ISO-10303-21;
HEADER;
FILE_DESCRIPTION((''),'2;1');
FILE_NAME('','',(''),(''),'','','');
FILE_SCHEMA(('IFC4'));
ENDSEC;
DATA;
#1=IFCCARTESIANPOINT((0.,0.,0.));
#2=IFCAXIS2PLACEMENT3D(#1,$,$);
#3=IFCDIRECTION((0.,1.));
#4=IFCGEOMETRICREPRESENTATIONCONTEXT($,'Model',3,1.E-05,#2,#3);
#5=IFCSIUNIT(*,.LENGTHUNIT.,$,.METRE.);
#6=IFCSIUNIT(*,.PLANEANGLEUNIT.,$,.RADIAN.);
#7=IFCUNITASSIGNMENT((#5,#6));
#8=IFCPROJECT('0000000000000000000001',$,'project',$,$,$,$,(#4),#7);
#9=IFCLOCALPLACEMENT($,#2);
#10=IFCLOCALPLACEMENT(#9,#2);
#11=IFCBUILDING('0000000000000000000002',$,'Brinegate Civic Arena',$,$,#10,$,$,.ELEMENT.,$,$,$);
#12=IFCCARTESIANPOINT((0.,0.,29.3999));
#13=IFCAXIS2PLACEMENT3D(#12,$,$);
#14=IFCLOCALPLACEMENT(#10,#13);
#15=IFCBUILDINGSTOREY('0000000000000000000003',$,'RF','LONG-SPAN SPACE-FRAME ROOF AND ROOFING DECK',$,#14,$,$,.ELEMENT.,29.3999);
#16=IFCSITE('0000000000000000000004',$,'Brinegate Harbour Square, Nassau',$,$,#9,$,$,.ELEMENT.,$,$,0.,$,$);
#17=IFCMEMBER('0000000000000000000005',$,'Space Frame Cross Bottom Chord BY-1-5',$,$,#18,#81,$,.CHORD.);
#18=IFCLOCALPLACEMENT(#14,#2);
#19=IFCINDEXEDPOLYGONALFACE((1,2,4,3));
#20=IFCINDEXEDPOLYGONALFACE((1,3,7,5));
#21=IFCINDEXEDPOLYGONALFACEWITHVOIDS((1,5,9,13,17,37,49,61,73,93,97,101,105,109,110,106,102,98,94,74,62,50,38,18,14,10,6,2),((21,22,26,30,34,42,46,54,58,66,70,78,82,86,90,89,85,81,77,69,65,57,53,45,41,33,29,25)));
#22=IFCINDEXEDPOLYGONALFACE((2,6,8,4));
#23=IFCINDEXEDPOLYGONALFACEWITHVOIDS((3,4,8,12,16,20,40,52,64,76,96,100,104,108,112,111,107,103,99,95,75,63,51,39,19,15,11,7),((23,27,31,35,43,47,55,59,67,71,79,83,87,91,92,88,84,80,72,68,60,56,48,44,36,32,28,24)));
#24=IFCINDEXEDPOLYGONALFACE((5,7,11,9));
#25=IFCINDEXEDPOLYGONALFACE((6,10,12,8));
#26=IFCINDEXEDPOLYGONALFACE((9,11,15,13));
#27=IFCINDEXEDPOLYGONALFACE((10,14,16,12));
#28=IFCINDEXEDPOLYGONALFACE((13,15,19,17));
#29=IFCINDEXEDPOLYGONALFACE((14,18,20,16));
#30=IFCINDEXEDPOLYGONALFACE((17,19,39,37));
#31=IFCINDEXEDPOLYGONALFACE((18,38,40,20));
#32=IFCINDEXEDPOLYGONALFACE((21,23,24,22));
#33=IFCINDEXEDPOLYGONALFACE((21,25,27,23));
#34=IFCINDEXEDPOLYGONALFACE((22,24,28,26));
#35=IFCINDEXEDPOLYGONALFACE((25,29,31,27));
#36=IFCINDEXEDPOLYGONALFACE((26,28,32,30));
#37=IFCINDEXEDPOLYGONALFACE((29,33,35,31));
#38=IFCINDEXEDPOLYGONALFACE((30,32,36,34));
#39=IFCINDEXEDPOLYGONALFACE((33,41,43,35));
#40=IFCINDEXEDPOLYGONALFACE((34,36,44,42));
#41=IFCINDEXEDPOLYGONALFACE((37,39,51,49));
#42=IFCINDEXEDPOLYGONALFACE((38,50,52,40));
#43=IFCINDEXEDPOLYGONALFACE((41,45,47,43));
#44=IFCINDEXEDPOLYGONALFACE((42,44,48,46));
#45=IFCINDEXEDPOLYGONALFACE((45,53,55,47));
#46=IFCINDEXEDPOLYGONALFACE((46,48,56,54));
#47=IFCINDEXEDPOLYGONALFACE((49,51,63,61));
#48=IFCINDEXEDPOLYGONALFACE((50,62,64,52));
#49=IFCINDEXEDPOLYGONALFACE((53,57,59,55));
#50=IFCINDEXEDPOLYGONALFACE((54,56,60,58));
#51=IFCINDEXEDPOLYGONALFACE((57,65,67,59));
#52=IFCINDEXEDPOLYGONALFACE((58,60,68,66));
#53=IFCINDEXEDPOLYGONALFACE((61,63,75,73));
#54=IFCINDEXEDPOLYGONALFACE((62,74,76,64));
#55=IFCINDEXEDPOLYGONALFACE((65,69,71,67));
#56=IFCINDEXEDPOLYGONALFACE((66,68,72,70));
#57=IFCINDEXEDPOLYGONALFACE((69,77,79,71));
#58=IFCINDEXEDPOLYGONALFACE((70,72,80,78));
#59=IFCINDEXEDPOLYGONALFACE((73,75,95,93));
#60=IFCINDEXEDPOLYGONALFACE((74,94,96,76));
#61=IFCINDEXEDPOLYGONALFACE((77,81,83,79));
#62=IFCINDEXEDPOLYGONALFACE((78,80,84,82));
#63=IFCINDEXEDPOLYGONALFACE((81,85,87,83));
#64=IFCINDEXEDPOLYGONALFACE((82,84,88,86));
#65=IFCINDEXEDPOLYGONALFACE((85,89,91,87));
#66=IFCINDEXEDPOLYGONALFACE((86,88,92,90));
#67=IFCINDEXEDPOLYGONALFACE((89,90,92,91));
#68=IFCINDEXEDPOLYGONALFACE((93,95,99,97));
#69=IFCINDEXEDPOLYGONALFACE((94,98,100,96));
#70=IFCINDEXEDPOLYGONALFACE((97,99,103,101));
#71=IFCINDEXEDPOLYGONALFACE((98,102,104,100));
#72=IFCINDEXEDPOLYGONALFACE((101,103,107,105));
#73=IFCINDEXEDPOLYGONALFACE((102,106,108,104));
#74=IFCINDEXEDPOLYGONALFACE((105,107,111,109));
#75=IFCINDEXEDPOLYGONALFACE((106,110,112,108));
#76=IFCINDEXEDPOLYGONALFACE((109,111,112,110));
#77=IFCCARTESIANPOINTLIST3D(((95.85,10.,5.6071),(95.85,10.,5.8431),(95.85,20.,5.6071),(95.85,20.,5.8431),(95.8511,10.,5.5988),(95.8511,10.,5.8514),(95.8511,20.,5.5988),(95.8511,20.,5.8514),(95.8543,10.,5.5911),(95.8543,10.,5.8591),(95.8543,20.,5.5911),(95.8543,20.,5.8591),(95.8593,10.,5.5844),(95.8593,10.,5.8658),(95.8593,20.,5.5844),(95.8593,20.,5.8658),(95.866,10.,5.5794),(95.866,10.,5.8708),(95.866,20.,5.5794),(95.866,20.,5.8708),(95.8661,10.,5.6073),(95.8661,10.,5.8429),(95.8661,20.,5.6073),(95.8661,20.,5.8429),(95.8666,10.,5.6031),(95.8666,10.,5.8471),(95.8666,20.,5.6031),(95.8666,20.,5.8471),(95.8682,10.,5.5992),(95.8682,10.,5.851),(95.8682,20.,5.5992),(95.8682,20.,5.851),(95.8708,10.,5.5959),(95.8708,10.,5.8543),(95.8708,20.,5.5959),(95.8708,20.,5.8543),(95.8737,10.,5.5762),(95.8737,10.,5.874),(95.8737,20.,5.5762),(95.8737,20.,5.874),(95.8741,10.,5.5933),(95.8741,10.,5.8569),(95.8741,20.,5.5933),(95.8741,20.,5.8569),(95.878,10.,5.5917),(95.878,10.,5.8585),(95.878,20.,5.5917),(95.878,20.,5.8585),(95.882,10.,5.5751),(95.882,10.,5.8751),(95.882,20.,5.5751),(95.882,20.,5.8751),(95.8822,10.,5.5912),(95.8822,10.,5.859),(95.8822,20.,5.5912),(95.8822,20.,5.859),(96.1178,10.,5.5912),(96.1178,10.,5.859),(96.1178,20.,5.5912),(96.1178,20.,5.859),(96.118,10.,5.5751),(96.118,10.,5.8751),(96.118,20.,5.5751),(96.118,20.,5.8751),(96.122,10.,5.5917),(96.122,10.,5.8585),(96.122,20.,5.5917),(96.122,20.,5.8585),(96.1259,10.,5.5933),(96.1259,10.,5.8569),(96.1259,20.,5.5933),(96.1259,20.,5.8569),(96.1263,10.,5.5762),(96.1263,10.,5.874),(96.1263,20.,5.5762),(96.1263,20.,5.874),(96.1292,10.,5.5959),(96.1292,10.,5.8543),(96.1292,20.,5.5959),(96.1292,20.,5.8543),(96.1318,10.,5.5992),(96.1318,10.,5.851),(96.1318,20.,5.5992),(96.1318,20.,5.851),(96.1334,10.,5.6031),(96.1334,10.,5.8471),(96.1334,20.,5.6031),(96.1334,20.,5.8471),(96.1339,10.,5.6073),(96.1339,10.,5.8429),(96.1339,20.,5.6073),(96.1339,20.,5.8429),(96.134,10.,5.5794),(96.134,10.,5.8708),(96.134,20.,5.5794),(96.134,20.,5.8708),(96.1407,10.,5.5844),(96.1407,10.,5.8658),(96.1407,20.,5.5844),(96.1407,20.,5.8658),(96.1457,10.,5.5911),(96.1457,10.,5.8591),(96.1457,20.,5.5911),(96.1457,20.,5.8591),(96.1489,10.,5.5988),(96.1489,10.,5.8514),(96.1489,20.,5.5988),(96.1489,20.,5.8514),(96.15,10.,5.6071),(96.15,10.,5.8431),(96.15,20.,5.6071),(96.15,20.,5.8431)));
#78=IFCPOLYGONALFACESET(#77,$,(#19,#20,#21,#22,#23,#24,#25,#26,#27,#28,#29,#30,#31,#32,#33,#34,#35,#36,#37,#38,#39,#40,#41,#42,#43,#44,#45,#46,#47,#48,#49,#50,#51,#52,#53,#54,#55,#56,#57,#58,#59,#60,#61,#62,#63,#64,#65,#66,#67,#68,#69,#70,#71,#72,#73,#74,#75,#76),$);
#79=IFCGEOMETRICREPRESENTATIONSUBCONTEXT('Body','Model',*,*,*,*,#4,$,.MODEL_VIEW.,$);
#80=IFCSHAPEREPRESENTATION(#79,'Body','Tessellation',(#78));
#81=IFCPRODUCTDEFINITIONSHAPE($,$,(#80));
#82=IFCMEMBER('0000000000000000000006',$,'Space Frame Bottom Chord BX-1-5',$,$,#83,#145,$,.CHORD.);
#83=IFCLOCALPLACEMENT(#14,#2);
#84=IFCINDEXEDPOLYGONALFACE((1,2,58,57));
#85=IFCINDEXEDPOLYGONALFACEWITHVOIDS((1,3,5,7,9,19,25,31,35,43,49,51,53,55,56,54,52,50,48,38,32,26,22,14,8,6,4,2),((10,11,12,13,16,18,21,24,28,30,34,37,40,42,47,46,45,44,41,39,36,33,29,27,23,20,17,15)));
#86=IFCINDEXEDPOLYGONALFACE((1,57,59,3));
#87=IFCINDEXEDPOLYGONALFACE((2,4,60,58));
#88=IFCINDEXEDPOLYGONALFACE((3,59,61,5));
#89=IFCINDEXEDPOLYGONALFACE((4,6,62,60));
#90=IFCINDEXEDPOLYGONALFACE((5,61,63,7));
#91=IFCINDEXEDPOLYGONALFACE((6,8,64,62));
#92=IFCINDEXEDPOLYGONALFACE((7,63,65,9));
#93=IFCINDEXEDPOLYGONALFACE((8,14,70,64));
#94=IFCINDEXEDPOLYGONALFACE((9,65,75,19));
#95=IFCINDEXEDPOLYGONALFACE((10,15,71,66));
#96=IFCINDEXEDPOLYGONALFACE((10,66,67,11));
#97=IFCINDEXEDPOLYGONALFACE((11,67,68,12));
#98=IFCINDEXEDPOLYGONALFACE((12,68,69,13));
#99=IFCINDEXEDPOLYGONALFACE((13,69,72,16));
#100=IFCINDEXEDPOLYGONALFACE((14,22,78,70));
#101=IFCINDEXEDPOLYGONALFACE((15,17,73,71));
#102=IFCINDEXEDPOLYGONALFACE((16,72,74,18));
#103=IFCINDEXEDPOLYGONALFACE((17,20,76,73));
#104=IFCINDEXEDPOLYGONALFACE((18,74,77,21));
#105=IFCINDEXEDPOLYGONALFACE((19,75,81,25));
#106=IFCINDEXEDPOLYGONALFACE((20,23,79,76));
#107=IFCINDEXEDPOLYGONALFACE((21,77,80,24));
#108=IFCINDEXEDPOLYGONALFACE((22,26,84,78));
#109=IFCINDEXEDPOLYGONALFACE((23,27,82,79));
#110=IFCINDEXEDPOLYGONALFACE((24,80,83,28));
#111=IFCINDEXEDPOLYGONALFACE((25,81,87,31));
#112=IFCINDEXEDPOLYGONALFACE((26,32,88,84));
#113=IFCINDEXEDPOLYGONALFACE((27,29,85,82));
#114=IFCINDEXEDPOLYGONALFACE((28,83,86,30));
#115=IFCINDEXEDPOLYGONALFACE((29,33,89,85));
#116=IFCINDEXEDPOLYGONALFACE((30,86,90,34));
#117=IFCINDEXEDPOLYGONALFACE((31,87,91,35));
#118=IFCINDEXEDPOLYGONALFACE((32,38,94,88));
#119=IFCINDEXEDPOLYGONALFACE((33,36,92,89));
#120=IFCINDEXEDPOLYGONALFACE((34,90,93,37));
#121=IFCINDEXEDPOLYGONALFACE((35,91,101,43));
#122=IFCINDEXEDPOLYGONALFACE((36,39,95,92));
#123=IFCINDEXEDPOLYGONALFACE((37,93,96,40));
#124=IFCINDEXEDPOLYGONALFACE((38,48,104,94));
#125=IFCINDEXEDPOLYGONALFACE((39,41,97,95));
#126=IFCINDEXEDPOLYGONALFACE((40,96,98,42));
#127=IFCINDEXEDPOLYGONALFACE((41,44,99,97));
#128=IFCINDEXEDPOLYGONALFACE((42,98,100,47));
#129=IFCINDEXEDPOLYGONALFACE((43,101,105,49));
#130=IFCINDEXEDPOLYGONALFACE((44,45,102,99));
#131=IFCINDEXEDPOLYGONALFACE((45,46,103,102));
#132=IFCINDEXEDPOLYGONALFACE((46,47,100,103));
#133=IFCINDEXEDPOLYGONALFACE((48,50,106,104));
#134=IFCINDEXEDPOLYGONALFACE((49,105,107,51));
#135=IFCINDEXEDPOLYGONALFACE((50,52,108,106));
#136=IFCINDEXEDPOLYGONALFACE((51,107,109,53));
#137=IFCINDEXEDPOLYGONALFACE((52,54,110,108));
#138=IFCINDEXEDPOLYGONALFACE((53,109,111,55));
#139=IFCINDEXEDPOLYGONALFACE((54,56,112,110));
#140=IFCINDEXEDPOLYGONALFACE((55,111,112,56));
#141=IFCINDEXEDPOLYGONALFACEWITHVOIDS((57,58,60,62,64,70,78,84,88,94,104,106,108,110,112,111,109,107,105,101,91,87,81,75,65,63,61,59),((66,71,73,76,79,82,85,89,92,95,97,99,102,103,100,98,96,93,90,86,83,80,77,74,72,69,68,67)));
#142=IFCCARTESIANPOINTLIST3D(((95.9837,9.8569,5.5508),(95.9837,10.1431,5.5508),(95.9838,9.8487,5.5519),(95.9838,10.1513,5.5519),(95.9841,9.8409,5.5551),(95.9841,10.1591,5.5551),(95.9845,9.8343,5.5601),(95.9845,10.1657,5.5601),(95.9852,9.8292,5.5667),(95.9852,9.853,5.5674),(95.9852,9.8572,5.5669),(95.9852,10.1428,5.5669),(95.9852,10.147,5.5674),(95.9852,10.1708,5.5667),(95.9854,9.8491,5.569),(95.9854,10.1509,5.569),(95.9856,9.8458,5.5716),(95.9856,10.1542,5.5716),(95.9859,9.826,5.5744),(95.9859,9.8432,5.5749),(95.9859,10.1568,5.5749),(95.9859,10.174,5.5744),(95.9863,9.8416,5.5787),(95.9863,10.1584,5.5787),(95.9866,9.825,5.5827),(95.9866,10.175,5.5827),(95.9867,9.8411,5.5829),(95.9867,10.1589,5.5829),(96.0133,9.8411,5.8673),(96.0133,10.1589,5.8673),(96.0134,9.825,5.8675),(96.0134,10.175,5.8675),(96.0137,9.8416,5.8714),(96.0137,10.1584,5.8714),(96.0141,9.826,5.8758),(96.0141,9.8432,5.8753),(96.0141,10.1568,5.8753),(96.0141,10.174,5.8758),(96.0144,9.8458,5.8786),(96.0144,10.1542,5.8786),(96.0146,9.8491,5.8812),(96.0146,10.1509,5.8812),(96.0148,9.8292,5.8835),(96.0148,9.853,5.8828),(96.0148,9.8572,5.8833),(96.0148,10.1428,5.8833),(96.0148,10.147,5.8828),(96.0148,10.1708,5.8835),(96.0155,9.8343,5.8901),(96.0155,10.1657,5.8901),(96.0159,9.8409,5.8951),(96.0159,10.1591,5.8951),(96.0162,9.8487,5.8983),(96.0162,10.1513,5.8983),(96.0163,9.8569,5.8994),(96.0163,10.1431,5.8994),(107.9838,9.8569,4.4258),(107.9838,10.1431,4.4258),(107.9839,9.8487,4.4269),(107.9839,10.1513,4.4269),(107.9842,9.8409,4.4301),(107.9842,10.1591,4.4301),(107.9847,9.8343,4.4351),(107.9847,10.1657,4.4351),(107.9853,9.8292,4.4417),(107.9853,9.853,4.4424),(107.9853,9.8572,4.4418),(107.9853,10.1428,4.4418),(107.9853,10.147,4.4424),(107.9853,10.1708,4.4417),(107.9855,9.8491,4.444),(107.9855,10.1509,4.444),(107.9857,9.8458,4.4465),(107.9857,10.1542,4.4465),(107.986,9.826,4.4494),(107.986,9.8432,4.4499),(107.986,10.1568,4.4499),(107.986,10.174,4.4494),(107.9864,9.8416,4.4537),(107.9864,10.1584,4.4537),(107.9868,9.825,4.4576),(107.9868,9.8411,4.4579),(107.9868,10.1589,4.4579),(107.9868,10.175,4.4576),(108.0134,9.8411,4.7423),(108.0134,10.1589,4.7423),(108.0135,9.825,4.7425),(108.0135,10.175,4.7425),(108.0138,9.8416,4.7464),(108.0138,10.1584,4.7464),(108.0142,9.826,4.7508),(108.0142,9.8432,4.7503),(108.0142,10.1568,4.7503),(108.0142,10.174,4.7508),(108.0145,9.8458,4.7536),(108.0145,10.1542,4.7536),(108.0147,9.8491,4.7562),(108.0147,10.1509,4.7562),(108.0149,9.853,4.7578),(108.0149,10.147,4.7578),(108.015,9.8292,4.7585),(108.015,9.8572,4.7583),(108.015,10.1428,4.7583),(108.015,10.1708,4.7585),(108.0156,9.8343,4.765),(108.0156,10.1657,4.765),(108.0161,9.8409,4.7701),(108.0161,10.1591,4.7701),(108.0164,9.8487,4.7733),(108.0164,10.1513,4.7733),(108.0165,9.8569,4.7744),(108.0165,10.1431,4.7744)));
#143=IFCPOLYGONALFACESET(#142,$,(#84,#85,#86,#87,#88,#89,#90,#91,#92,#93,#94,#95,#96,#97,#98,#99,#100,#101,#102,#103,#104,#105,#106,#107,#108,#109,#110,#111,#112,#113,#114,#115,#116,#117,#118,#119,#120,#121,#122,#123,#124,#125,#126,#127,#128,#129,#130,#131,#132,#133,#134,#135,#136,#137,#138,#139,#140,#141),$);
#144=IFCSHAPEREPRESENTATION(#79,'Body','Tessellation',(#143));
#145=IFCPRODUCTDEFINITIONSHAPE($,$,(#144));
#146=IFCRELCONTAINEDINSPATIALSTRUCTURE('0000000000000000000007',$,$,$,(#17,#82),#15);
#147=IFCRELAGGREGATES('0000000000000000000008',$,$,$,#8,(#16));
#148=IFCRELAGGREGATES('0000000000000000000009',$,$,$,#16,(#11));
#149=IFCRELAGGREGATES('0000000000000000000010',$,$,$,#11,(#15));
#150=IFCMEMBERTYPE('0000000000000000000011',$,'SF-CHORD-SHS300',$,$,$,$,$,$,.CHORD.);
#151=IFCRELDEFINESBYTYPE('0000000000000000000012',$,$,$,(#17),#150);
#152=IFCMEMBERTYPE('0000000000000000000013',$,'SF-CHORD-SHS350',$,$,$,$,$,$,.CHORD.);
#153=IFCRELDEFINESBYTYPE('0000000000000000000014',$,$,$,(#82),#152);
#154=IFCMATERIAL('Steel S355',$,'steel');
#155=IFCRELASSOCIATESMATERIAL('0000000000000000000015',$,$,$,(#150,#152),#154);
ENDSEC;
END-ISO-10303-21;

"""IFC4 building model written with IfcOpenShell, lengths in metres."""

from ifc_helpers import new_model, si_unit, direction, frame, origin, origin_2d, place, context, subcontext, project, spatial, hollow_rectangle, extrude, material, material_profile, profile_set, type_object, element, save


model = new_model("IFC4")

# Units and contexts
model_context = context("Model", 3, precision=1e-05, world=origin(), true_north=direction((0.0, 1.0)))
body_context = subcontext(model_context, "Body", "Model", "MODEL_VIEW")
ifc_project = project(units=[si_unit("LENGTHUNIT", "METRE"), si_unit("PLANEANGLEUNIT", "RADIAN")], contexts=[model_context])

# Site, building, storey
site_placement = place(None, origin())
site = spatial("IfcSite", under=ifc_project, at=site_placement, Name="Brinegate Harbour Square, Nassau", CompositionType="ELEMENT", RefElevation=0.0)
building_placement = place(site_placement, origin())
building = spatial("IfcBuilding", under=site, at=building_placement, Name="Brinegate Civic Arena", CompositionType="ELEMENT")
storey_placement = place(building_placement, frame((0.0, 0.0, 29.3999)))
storey = spatial("IfcBuildingStorey", under=building, at=storey_placement, Name="RF", Description="LONG-SPAN SPACE-FRAME ROOF AND ROOFING DECK", CompositionType="ELEMENT", Elevation=29.3999)

# Shared definitions
ifc_material_1 = material(Name="Steel S355", Category="steel")

# Members
ifc_material_profile_1 = material_profile(ifc_material_1, hollow_rectangle(XDim=0.3, YDim=0.3, WallThickness=0.0161, InnerFilletRadius=0.0161, OuterFilletRadius=0.032, at=origin_2d()), Name="SHS300X16")
ifc_profile_set_1 = profile_set([ifc_material_profile_1], Name="Steel S355")
member_type_1 = type_object("IfcMemberType", Name="SF-CHORD-SHS300", PredefinedType="CHORD", material=ifc_profile_set_1)
for number, where, z_axis, x_axis, name in (
    (1, (96.0, 10.0, 5.7251), (0.0, 1.0, 0.0), (-1.0, 0.0, 0.0), "Space Frame Cross Bottom Chord BY-1-5"),
):
    element("IfcMember", number, at=place(storey_placement, frame(where, z_axis=z_axis, x_axis=x_axis)), inside=storey, type_object=member_type_1, Name=name, PredefinedType="CHORD", context=body_context, shape_type="SweptSolid", body=[
        extrude(hollow_rectangle(XDim=0.3, YDim=0.3, WallThickness=0.0161, InnerFilletRadius=0.0161, OuterFilletRadius=0.032, at=origin_2d()), origin(), (0.0, 0.0, 1.0), 10.0),
    ])
ifc_material_profile_2 = material_profile(ifc_material_1, hollow_rectangle(XDim=0.3501, YDim=0.3501, WallThickness=0.0161, InnerFilletRadius=0.0161, OuterFilletRadius=0.032, at=origin_2d()), Name="SHS350X16")
ifc_profile_set_2 = profile_set([ifc_material_profile_2], Name="Steel S355")
member_type_2 = type_object("IfcMemberType", Name="SF-CHORD-SHS350", PredefinedType="CHORD", material=ifc_profile_set_2)
for number, where, z_axis, x_axis, name in (
    (2, (96.0, 10.0, 5.7251), (0.995634, 0.0, -0.093341), (0.0, 1.0, 0.0), "Space Frame Bottom Chord BX-1-5"),
):
    element("IfcMember", number, at=place(storey_placement, frame(where, z_axis=z_axis, x_axis=x_axis)), inside=storey, type_object=member_type_2, Name=name, PredefinedType="CHORD", context=body_context, shape_type="SweptSolid", body=[
        extrude(hollow_rectangle(XDim=0.3501, YDim=0.3501, WallThickness=0.0161, InnerFilletRadius=0.0161, OuterFilletRadius=0.032, at=origin_2d()), origin(), (0.0, 0.0, 1.0), 12.0527),
    ])

save(model, "model.ifc")
